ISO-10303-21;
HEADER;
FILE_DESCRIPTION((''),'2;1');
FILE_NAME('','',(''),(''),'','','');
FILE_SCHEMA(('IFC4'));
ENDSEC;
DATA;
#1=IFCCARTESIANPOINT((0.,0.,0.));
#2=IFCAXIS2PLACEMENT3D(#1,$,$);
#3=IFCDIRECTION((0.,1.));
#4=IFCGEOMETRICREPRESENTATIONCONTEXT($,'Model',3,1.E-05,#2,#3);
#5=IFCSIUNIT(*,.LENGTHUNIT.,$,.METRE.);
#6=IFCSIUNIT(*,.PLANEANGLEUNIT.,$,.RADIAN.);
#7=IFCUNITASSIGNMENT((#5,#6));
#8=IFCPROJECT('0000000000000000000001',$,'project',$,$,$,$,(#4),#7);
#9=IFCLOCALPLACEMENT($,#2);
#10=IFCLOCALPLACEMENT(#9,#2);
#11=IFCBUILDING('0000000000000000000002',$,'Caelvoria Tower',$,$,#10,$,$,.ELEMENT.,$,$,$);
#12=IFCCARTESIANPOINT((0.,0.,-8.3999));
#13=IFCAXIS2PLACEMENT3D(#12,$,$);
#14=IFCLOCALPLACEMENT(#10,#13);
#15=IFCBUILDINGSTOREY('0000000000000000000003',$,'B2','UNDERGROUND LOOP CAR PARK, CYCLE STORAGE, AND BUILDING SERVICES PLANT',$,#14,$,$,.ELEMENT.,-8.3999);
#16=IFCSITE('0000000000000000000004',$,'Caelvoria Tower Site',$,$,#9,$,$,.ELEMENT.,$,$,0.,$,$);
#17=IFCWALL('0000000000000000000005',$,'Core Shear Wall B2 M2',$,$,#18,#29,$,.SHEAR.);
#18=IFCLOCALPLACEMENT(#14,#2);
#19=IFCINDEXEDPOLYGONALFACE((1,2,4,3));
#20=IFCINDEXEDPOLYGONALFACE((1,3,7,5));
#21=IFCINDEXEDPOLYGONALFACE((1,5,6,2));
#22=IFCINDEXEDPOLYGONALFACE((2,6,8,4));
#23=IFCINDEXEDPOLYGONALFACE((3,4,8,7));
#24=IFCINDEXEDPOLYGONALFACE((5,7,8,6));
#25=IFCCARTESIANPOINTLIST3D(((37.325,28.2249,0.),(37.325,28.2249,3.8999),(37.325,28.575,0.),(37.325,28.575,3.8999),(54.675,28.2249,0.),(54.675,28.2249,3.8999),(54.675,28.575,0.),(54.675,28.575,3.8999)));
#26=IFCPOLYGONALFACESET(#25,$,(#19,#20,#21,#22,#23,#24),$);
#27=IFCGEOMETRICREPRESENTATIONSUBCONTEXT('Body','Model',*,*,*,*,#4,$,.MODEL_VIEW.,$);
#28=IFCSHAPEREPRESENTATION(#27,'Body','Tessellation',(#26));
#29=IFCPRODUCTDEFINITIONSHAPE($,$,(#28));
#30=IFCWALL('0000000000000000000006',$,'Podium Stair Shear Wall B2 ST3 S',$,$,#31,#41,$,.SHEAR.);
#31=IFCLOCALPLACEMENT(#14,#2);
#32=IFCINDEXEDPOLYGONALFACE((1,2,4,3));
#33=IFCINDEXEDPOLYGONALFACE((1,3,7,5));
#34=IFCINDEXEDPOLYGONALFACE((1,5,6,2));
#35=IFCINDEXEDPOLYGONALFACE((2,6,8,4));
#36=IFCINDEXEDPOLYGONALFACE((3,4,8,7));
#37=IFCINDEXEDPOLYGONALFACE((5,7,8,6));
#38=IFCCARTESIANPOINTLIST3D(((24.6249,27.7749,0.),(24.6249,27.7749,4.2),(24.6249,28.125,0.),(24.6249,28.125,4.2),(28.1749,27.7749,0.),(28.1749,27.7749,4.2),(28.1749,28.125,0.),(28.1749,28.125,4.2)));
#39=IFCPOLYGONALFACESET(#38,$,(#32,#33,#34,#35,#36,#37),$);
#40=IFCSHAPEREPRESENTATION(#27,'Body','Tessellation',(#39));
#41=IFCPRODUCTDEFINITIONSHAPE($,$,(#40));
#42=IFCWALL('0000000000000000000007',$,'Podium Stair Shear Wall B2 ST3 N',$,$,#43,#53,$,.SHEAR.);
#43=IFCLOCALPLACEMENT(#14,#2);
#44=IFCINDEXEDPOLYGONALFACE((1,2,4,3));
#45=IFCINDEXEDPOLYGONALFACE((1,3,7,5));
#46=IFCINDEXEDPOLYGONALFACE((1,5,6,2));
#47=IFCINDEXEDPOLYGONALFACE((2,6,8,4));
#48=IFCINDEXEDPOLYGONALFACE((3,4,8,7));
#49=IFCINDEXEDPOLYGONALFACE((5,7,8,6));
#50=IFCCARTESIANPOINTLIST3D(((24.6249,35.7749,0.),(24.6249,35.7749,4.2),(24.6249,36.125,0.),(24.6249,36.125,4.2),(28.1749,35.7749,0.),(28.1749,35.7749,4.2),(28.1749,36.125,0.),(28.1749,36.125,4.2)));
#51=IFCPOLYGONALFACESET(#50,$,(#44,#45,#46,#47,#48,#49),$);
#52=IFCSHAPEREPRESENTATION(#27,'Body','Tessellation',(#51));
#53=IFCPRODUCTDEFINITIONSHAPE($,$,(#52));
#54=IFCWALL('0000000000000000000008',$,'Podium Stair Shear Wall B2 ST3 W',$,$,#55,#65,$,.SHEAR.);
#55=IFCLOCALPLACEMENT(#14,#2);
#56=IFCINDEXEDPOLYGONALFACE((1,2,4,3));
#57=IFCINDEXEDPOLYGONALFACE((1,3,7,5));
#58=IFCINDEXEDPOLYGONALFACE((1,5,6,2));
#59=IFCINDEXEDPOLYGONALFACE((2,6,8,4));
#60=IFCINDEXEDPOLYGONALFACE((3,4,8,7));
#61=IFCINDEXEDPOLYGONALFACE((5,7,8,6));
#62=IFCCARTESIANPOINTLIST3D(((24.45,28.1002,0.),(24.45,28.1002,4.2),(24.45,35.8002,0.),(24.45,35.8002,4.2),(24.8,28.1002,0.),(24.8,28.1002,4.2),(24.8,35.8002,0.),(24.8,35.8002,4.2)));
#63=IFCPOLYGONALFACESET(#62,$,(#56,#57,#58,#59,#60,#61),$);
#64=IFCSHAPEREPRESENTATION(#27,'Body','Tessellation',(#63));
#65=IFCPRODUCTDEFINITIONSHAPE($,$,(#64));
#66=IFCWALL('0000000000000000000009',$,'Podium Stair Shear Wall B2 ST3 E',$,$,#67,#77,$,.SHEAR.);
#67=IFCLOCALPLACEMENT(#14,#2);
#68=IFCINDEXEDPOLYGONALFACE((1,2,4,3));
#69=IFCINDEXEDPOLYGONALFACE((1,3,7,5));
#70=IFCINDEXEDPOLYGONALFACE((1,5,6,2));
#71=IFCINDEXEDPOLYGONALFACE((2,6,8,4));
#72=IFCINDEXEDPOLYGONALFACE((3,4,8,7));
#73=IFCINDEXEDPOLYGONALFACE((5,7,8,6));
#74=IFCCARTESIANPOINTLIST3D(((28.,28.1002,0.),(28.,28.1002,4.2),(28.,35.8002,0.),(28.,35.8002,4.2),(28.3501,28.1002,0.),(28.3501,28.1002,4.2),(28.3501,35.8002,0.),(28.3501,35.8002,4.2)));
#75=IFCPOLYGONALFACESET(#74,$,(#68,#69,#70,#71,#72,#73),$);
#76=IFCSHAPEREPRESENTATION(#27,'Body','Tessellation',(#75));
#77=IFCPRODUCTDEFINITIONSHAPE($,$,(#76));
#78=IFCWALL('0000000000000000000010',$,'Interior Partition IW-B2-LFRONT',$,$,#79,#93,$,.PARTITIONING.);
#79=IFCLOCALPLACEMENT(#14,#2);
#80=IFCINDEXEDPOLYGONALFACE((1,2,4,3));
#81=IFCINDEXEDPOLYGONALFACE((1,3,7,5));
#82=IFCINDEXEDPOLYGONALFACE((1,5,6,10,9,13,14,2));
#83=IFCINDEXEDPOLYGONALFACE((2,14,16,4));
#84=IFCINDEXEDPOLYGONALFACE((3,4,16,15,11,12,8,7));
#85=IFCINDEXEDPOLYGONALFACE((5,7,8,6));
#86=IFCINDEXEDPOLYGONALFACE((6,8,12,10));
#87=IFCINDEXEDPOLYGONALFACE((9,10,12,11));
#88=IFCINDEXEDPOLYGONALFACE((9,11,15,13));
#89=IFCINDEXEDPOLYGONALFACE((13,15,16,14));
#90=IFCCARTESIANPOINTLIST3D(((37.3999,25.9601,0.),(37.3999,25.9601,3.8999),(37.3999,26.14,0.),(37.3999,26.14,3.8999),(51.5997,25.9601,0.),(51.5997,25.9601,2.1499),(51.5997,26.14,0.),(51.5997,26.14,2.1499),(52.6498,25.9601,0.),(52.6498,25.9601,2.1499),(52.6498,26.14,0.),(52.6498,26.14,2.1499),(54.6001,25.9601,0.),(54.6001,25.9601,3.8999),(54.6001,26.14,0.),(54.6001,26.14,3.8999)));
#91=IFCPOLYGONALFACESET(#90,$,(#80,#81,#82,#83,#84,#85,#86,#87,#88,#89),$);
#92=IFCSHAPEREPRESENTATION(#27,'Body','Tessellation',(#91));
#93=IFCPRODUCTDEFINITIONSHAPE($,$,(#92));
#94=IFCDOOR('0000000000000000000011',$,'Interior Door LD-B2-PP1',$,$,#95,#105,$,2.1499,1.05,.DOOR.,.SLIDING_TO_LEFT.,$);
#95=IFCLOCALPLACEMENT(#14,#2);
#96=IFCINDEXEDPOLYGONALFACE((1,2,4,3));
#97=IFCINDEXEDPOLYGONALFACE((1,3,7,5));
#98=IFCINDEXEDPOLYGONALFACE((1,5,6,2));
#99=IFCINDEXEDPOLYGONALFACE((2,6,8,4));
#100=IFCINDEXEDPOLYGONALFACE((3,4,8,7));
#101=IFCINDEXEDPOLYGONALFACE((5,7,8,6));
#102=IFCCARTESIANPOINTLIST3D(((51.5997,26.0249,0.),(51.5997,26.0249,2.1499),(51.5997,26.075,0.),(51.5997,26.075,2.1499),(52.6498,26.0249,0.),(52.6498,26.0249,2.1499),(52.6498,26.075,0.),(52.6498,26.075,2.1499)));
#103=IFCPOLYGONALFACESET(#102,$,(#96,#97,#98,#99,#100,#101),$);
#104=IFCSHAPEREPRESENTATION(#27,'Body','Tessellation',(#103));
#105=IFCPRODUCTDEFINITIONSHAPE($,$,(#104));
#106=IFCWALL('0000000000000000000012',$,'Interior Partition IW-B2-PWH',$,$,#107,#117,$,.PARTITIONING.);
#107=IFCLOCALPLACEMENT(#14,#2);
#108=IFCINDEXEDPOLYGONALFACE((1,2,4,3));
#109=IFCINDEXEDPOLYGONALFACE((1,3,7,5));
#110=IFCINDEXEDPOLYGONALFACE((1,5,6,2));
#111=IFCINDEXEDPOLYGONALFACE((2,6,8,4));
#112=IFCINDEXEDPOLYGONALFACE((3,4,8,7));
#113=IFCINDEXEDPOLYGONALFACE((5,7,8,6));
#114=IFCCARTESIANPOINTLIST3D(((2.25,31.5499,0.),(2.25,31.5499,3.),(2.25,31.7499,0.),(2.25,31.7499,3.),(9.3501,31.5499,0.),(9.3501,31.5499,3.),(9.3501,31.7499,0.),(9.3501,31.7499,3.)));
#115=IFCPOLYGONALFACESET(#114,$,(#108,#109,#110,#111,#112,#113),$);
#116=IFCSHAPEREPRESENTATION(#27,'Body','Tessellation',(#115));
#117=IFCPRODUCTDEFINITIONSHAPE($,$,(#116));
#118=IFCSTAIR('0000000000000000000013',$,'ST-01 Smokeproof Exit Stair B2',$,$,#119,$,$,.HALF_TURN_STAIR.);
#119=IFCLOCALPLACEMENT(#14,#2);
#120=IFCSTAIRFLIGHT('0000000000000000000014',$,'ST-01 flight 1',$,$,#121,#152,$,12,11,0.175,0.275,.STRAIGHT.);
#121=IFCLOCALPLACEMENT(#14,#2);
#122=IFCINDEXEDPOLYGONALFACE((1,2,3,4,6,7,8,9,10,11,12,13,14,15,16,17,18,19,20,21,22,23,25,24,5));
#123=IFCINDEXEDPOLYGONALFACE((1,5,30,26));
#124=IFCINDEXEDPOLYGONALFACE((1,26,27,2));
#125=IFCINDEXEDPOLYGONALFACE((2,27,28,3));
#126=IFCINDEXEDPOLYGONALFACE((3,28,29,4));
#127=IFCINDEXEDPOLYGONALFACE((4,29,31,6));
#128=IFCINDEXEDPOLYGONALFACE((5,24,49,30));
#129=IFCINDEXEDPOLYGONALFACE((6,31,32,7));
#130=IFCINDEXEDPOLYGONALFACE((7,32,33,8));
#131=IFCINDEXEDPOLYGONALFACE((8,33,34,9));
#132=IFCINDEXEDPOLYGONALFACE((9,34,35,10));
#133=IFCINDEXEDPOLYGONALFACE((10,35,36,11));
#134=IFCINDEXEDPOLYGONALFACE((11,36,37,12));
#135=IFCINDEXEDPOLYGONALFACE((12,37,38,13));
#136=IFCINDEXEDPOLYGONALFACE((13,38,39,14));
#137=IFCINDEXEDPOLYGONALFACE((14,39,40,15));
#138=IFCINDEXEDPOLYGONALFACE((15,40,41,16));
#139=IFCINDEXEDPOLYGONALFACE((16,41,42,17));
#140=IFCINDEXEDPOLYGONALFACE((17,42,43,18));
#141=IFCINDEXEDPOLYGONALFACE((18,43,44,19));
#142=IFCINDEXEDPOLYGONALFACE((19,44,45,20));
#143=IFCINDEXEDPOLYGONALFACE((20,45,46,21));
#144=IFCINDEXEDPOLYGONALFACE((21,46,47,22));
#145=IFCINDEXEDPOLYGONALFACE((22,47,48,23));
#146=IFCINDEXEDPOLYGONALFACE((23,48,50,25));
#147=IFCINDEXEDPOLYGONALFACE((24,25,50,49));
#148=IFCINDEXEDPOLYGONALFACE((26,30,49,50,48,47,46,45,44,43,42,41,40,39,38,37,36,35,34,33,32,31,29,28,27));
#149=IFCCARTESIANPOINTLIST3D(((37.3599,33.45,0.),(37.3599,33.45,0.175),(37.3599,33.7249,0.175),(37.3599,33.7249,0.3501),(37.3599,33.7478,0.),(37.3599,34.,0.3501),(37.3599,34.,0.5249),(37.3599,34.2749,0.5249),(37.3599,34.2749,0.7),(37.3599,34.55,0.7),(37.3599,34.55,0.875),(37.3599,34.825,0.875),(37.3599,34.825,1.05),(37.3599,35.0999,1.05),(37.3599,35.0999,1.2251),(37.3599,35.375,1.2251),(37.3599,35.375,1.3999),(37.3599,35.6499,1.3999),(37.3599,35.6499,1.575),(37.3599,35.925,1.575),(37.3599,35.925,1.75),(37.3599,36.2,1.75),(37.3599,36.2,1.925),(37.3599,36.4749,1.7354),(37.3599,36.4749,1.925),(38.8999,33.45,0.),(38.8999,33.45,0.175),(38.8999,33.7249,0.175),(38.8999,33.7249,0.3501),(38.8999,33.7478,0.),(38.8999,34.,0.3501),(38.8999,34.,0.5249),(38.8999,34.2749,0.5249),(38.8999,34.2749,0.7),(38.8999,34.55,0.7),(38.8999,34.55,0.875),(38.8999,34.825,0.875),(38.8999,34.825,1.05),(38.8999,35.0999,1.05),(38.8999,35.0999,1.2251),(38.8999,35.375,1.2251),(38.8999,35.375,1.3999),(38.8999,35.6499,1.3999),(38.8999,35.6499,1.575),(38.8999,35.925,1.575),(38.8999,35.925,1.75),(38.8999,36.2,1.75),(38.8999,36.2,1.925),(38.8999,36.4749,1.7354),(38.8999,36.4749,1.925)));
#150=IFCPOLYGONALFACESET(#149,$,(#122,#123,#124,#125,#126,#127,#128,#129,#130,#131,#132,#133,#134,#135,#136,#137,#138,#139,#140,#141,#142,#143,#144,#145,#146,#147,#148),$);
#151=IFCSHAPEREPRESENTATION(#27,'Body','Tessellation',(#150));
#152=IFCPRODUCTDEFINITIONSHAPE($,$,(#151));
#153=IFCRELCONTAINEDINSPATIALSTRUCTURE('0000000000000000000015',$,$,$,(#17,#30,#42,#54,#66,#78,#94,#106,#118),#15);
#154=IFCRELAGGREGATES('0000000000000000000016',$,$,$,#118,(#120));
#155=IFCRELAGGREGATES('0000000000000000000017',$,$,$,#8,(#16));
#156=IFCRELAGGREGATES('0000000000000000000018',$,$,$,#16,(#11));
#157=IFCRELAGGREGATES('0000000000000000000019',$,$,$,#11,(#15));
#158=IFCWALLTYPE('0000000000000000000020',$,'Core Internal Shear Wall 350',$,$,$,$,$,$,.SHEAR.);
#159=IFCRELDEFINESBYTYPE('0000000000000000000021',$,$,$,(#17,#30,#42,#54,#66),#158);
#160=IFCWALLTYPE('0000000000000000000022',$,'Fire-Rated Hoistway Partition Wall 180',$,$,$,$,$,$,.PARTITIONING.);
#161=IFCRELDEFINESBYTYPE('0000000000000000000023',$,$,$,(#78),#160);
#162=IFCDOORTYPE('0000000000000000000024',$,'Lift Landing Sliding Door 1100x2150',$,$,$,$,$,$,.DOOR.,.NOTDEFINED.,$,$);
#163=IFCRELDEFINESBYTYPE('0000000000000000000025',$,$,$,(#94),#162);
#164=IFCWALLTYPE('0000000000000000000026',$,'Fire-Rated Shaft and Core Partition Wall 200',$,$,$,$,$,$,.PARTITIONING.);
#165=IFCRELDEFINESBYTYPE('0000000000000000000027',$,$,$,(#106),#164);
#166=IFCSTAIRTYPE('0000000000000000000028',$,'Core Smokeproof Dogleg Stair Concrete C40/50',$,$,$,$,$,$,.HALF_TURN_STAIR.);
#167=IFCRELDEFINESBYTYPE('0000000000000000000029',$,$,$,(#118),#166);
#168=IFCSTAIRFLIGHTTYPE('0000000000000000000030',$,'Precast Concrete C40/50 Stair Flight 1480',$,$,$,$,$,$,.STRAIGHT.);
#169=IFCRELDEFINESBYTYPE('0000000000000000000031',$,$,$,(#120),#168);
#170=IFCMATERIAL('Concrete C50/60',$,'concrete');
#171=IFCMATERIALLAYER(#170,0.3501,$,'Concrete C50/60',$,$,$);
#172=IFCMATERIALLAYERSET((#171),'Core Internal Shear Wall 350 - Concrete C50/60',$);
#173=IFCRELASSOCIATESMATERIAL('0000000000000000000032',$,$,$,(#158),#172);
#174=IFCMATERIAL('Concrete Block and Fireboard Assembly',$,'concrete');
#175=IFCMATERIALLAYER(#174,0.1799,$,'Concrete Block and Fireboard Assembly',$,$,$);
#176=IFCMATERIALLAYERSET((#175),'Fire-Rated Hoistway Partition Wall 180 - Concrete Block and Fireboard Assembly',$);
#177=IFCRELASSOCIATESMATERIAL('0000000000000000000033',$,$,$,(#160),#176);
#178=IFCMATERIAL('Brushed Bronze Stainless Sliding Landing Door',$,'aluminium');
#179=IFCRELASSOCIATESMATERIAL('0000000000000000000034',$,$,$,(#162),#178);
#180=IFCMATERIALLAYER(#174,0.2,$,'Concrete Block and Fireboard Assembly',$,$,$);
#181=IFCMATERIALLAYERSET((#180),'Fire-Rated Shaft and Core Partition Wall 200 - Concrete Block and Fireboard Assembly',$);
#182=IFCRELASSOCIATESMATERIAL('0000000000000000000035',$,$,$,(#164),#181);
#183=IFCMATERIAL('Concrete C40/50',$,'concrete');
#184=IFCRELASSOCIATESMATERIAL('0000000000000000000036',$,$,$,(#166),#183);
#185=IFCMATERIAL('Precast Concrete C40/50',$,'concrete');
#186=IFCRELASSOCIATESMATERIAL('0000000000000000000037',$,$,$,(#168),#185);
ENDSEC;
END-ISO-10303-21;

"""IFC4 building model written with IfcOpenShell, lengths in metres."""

from ifc_helpers import new_model, si_unit, direction, frame, frame_2d, origin, place, context, subcontext, project, spatial, polyline, rectangle, outline, extrude, material, layer, layer_set, type_object, element, fill, aggregate, save


model = new_model("IFC4")

# Units and contexts
model_context = context("Model", 3, precision=1e-05, world=origin(), true_north=direction((0.0, 1.0)))
body_context = subcontext(model_context, "Body", "Model", "MODEL_VIEW")
ifc_project = project(units=[si_unit("LENGTHUNIT", "METRE"), si_unit("PLANEANGLEUNIT", "RADIAN")], contexts=[model_context])

# Site, building, storey
site_placement = place(None, origin())
site = spatial("IfcSite", under=ifc_project, at=site_placement, Name="Caelvoria Tower Site", CompositionType="ELEMENT", RefElevation=0.0)
building_placement = place(site_placement, origin())
building = spatial("IfcBuilding", under=site, at=building_placement, Name="Caelvoria Tower", CompositionType="ELEMENT")
storey_placement = place(building_placement, frame((0.0, 0.0, -8.3999)))
storey = spatial("IfcBuildingStorey", under=building, at=storey_placement, Name="B2", Description="UNDERGROUND LOOP CAR PARK, CYCLE STORAGE, AND BUILDING SERVICES PLANT", CompositionType="ELEMENT", Elevation=-8.3999)

# Shared definitions
ifc_material_1 = material(Name="Concrete C40/50", Category="concrete")

# Shared definitions
ifc_material_2 = material(Name="Concrete C50/60", Category="concrete")

# Shared definitions
ifc_layer_1 = layer(ifc_material_2, 0.3501, Name="Concrete C50/60")
ifc_layer_set_1 = layer_set([ifc_layer_1], Name="Core Internal Shear Wall 350 - Concrete C50/60")
wall_type_1 = type_object("IfcWallType", Name="Core Internal Shear Wall 350", PredefinedType="SHEAR", material=ifc_layer_set_1)

# Walls
wall_1_placement = place(storey_placement, frame((37.325, 28.3999, 0.0), z_axis=(0.0, 0.0, 1.0), x_axis=(1.0, 0.0, 0.0)))
element("IfcWall", 1, at=wall_1_placement, inside=storey, type_object=wall_type_1, Name="Core Shear Wall B2 M2", PredefinedType="SHEAR", context=body_context, shape_type="SweptSolid", body=[
    extrude(rectangle(XDim=17.3501, YDim=0.3501, at=frame_2d((8.675, 0.0))), origin(), (0.0, 0.0, 1.0), 3.8999),
])
for number, where, z_axis, x_axis, name in (
    (2, (24.625, 27.95, 0.0), (0.0, 0.0, 1.0), (1.0, 0.0, 0.0), "Podium Stair Shear Wall B2 ST3 S"),
    (3, (24.625, 35.95, 0.0), (0.0, 0.0, 1.0), (1.0, 0.0, 0.0), "Podium Stair Shear Wall B2 ST3 N"),
):
    element("IfcWall", number, at=place(storey_placement, frame(where, z_axis=z_axis, x_axis=x_axis)), inside=storey, type_object=wall_type_1, Name=name, PredefinedType="SHEAR", context=body_context, shape_type="SweptSolid", body=[
        extrude(rectangle(XDim=3.55, YDim=0.3501, at=frame_2d((1.7749, 0.0))), origin(), (0.0, 0.0, 1.0), 4.2),
    ])
for number, where, z_axis, x_axis, name in (
    (4, (24.625, 28.1001, 0.0), (0.0, 0.0, 1.0), (0.0, 1.0, 0.0), "Podium Stair Shear Wall B2 ST3 W"),
    (5, (28.175, 28.1001, 0.0), (0.0, 0.0, 1.0), (0.0, 1.0, 0.0), "Podium Stair Shear Wall B2 ST3 E"),
):
    element("IfcWall", number, at=place(storey_placement, frame(where, z_axis=z_axis, x_axis=x_axis)), inside=storey, type_object=wall_type_1, Name=name, PredefinedType="SHEAR", context=body_context, shape_type="SweptSolid", body=[
        extrude(rectangle(XDim=7.7, YDim=0.3501, at=frame_2d((3.8501, 0.0))), origin(), (0.0, 0.0, 1.0), 4.2),
    ])

# Wall, opening, door
ifc_material_3 = material(Name="Concrete Block and Fireboard Assembly", Category="concrete")
ifc_layer_2 = layer(ifc_material_3, 0.1799, Name="Concrete Block and Fireboard Assembly")
ifc_layer_set_2 = layer_set([ifc_layer_2], Name="Fire-Rated Hoistway Partition Wall 180 - Concrete Block and Fireboard Assembly")
wall_type_2 = type_object("IfcWallType", Name="Fire-Rated Hoistway Partition Wall 180", PredefinedType="PARTITIONING", material=ifc_layer_set_2)
wall_2_placement = place(storey_placement, frame((37.3999, 26.05, 0.0), z_axis=(0.0, 0.0, 1.0), x_axis=(1.0, 0.0, 0.0)))
wall_2 = element("IfcWall", 6, at=wall_2_placement, inside=storey, type_object=wall_type_2, Name="Interior Partition IW-B2-LFRONT", PredefinedType="PARTITIONING", context=body_context, shape_type="SweptSolid", body=[
    extrude(rectangle(XDim=17.2002, YDim=0.1799, at=frame_2d((8.6001, 0.0))), origin(), (0.0, 0.0, 1.0), 3.8999),
])
opening_1_placement = place(wall_2_placement, frame((14.2, 0.0, 0.0)))
opening_1 = element("IfcOpeningElement", 7, at=opening_1_placement, cuts=wall_2, PredefinedType="OPENING", context=body_context, shape_type="SweptSolid", body=[
    extrude(rectangle(XDim=1.05, YDim=2.1499, at=frame_2d((0.5249, 1.075))), frame((0.0, 0.0999, 0.0), z_axis=(0.0, -1.0, 0.0), x_axis=(1.0, 0.0, 0.0)), (0.0, 0.0, 1.0), 0.2),
])
ifc_material_4 = material(Name="Brushed Bronze Stainless Sliding Landing Door", Category="aluminium")
door_type_1 = type_object("IfcDoorType", Name="Lift Landing Sliding Door 1100x2150", OperationType="NOTDEFINED", PredefinedType="DOOR", material=ifc_material_4)
door_1_placement = place(opening_1_placement, origin())
door_1 = element("IfcDoor", 8, at=door_1_placement, inside=storey, type_object=door_type_1, Name="Interior Door LD-B2-PP1", OperationType="SLIDING_TO_LEFT", OverallHeight=2.1499, OverallWidth=1.05, PredefinedType="DOOR", context=body_context, shape_type="SweptSolid", body=[
    extrude(rectangle(XDim=1.05, YDim=2.1499, at=frame_2d((0.5249, 1.075))), frame((0.0, 0.0249, 0.0), z_axis=(0.0, -1.0, 0.0), x_axis=(1.0, 0.0, 0.0)), (0.0, 0.0, 1.0), 0.05),
])
fill(opening_1, door_1)

# Wall
ifc_layer_3 = layer(ifc_material_3, 0.2, Name="Concrete Block and Fireboard Assembly")
ifc_layer_set_3 = layer_set([ifc_layer_3], Name="Fire-Rated Shaft and Core Partition Wall 200 - Concrete Block and Fireboard Assembly")
wall_type_3 = type_object("IfcWallType", Name="Fire-Rated Shaft and Core Partition Wall 200", PredefinedType="PARTITIONING", material=ifc_layer_set_3)
wall_3_placement = place(storey_placement, frame((2.25, 31.6499, 0.0), z_axis=(0.0, 0.0, 1.0), x_axis=(1.0, 0.0, 0.0)))
element("IfcWall", 9, at=wall_3_placement, inside=storey, type_object=wall_type_3, Name="Interior Partition IW-B2-PWH", PredefinedType="PARTITIONING", context=body_context, shape_type="SweptSolid", body=[
    extrude(rectangle(XDim=7.1001, YDim=0.2, at=frame_2d((3.55, 0.0))), origin(), (0.0, 0.0, 1.0), 3.0),
])

# Stair, stair flight
stair_type = type_object("IfcStairType", Name="Core Smokeproof Dogleg Stair Concrete C40/50", PredefinedType="HALF_TURN_STAIR", material=ifc_material_1)
stair_placement = place(storey_placement, origin())
stair = element("IfcStair", 10, at=stair_placement, inside=storey, type_object=stair_type, Name="ST-01 Smokeproof Exit Stair B2", PredefinedType="HALF_TURN_STAIR")
ifc_material_5 = material(Name="Precast Concrete C40/50", Category="concrete")
stair_flight_type = type_object("IfcStairFlightType", Name="Precast Concrete C40/50 Stair Flight 1480", PredefinedType="STRAIGHT", material=ifc_material_5)
stair_flight_placement = place(storey_placement, frame((38.1299, 33.45, 0.0), z_axis=(0.0, 0.0, 1.0), x_axis=(0.0, 1.0, 0.0)))
stair_flight = element("IfcStairFlight", 11, at=stair_flight_placement, type_object=stair_flight_type, Name="ST-01 flight 1", NumberOfRisers=12, NumberOfTreads=11, PredefinedType="STRAIGHT", RiserHeight=0.175, TreadLength=0.275, context=body_context, shape_type="SweptSolid", body=[
    extrude(outline(polyline([(0.0, 0.0), (0.0, 0.175), (0.2749, 0.175), (0.2749, 0.3501), (0.55, 0.3501), (0.55, 0.5249), (0.825, 0.5249), (0.825, 0.7), (1.1001, 0.7), (1.1001, 0.875), (1.375, 0.875), (1.375, 1.05), (1.6499, 1.05), (1.6499, 1.2251), (1.925, 1.2251), (1.925, 1.3999), (2.2, 1.3999), (2.2, 1.575), (2.4751, 1.575), (2.4751, 1.75), (2.75, 1.75), (2.75, 1.925), (3.0249, 1.925), (3.0249, 2.1001), (3.0249, 1.7354), (0.2979, 0.0), (0.0, 0.0)])), frame((0.0, 0.77, 0.0), z_axis=(0.0, -1.0, 0.0), x_axis=(1.0, 0.0, 0.0)), (0.0, 0.0, 1.0), 1.54),
])
aggregate(stair, [stair_flight])

save(model, "model.ifc")
